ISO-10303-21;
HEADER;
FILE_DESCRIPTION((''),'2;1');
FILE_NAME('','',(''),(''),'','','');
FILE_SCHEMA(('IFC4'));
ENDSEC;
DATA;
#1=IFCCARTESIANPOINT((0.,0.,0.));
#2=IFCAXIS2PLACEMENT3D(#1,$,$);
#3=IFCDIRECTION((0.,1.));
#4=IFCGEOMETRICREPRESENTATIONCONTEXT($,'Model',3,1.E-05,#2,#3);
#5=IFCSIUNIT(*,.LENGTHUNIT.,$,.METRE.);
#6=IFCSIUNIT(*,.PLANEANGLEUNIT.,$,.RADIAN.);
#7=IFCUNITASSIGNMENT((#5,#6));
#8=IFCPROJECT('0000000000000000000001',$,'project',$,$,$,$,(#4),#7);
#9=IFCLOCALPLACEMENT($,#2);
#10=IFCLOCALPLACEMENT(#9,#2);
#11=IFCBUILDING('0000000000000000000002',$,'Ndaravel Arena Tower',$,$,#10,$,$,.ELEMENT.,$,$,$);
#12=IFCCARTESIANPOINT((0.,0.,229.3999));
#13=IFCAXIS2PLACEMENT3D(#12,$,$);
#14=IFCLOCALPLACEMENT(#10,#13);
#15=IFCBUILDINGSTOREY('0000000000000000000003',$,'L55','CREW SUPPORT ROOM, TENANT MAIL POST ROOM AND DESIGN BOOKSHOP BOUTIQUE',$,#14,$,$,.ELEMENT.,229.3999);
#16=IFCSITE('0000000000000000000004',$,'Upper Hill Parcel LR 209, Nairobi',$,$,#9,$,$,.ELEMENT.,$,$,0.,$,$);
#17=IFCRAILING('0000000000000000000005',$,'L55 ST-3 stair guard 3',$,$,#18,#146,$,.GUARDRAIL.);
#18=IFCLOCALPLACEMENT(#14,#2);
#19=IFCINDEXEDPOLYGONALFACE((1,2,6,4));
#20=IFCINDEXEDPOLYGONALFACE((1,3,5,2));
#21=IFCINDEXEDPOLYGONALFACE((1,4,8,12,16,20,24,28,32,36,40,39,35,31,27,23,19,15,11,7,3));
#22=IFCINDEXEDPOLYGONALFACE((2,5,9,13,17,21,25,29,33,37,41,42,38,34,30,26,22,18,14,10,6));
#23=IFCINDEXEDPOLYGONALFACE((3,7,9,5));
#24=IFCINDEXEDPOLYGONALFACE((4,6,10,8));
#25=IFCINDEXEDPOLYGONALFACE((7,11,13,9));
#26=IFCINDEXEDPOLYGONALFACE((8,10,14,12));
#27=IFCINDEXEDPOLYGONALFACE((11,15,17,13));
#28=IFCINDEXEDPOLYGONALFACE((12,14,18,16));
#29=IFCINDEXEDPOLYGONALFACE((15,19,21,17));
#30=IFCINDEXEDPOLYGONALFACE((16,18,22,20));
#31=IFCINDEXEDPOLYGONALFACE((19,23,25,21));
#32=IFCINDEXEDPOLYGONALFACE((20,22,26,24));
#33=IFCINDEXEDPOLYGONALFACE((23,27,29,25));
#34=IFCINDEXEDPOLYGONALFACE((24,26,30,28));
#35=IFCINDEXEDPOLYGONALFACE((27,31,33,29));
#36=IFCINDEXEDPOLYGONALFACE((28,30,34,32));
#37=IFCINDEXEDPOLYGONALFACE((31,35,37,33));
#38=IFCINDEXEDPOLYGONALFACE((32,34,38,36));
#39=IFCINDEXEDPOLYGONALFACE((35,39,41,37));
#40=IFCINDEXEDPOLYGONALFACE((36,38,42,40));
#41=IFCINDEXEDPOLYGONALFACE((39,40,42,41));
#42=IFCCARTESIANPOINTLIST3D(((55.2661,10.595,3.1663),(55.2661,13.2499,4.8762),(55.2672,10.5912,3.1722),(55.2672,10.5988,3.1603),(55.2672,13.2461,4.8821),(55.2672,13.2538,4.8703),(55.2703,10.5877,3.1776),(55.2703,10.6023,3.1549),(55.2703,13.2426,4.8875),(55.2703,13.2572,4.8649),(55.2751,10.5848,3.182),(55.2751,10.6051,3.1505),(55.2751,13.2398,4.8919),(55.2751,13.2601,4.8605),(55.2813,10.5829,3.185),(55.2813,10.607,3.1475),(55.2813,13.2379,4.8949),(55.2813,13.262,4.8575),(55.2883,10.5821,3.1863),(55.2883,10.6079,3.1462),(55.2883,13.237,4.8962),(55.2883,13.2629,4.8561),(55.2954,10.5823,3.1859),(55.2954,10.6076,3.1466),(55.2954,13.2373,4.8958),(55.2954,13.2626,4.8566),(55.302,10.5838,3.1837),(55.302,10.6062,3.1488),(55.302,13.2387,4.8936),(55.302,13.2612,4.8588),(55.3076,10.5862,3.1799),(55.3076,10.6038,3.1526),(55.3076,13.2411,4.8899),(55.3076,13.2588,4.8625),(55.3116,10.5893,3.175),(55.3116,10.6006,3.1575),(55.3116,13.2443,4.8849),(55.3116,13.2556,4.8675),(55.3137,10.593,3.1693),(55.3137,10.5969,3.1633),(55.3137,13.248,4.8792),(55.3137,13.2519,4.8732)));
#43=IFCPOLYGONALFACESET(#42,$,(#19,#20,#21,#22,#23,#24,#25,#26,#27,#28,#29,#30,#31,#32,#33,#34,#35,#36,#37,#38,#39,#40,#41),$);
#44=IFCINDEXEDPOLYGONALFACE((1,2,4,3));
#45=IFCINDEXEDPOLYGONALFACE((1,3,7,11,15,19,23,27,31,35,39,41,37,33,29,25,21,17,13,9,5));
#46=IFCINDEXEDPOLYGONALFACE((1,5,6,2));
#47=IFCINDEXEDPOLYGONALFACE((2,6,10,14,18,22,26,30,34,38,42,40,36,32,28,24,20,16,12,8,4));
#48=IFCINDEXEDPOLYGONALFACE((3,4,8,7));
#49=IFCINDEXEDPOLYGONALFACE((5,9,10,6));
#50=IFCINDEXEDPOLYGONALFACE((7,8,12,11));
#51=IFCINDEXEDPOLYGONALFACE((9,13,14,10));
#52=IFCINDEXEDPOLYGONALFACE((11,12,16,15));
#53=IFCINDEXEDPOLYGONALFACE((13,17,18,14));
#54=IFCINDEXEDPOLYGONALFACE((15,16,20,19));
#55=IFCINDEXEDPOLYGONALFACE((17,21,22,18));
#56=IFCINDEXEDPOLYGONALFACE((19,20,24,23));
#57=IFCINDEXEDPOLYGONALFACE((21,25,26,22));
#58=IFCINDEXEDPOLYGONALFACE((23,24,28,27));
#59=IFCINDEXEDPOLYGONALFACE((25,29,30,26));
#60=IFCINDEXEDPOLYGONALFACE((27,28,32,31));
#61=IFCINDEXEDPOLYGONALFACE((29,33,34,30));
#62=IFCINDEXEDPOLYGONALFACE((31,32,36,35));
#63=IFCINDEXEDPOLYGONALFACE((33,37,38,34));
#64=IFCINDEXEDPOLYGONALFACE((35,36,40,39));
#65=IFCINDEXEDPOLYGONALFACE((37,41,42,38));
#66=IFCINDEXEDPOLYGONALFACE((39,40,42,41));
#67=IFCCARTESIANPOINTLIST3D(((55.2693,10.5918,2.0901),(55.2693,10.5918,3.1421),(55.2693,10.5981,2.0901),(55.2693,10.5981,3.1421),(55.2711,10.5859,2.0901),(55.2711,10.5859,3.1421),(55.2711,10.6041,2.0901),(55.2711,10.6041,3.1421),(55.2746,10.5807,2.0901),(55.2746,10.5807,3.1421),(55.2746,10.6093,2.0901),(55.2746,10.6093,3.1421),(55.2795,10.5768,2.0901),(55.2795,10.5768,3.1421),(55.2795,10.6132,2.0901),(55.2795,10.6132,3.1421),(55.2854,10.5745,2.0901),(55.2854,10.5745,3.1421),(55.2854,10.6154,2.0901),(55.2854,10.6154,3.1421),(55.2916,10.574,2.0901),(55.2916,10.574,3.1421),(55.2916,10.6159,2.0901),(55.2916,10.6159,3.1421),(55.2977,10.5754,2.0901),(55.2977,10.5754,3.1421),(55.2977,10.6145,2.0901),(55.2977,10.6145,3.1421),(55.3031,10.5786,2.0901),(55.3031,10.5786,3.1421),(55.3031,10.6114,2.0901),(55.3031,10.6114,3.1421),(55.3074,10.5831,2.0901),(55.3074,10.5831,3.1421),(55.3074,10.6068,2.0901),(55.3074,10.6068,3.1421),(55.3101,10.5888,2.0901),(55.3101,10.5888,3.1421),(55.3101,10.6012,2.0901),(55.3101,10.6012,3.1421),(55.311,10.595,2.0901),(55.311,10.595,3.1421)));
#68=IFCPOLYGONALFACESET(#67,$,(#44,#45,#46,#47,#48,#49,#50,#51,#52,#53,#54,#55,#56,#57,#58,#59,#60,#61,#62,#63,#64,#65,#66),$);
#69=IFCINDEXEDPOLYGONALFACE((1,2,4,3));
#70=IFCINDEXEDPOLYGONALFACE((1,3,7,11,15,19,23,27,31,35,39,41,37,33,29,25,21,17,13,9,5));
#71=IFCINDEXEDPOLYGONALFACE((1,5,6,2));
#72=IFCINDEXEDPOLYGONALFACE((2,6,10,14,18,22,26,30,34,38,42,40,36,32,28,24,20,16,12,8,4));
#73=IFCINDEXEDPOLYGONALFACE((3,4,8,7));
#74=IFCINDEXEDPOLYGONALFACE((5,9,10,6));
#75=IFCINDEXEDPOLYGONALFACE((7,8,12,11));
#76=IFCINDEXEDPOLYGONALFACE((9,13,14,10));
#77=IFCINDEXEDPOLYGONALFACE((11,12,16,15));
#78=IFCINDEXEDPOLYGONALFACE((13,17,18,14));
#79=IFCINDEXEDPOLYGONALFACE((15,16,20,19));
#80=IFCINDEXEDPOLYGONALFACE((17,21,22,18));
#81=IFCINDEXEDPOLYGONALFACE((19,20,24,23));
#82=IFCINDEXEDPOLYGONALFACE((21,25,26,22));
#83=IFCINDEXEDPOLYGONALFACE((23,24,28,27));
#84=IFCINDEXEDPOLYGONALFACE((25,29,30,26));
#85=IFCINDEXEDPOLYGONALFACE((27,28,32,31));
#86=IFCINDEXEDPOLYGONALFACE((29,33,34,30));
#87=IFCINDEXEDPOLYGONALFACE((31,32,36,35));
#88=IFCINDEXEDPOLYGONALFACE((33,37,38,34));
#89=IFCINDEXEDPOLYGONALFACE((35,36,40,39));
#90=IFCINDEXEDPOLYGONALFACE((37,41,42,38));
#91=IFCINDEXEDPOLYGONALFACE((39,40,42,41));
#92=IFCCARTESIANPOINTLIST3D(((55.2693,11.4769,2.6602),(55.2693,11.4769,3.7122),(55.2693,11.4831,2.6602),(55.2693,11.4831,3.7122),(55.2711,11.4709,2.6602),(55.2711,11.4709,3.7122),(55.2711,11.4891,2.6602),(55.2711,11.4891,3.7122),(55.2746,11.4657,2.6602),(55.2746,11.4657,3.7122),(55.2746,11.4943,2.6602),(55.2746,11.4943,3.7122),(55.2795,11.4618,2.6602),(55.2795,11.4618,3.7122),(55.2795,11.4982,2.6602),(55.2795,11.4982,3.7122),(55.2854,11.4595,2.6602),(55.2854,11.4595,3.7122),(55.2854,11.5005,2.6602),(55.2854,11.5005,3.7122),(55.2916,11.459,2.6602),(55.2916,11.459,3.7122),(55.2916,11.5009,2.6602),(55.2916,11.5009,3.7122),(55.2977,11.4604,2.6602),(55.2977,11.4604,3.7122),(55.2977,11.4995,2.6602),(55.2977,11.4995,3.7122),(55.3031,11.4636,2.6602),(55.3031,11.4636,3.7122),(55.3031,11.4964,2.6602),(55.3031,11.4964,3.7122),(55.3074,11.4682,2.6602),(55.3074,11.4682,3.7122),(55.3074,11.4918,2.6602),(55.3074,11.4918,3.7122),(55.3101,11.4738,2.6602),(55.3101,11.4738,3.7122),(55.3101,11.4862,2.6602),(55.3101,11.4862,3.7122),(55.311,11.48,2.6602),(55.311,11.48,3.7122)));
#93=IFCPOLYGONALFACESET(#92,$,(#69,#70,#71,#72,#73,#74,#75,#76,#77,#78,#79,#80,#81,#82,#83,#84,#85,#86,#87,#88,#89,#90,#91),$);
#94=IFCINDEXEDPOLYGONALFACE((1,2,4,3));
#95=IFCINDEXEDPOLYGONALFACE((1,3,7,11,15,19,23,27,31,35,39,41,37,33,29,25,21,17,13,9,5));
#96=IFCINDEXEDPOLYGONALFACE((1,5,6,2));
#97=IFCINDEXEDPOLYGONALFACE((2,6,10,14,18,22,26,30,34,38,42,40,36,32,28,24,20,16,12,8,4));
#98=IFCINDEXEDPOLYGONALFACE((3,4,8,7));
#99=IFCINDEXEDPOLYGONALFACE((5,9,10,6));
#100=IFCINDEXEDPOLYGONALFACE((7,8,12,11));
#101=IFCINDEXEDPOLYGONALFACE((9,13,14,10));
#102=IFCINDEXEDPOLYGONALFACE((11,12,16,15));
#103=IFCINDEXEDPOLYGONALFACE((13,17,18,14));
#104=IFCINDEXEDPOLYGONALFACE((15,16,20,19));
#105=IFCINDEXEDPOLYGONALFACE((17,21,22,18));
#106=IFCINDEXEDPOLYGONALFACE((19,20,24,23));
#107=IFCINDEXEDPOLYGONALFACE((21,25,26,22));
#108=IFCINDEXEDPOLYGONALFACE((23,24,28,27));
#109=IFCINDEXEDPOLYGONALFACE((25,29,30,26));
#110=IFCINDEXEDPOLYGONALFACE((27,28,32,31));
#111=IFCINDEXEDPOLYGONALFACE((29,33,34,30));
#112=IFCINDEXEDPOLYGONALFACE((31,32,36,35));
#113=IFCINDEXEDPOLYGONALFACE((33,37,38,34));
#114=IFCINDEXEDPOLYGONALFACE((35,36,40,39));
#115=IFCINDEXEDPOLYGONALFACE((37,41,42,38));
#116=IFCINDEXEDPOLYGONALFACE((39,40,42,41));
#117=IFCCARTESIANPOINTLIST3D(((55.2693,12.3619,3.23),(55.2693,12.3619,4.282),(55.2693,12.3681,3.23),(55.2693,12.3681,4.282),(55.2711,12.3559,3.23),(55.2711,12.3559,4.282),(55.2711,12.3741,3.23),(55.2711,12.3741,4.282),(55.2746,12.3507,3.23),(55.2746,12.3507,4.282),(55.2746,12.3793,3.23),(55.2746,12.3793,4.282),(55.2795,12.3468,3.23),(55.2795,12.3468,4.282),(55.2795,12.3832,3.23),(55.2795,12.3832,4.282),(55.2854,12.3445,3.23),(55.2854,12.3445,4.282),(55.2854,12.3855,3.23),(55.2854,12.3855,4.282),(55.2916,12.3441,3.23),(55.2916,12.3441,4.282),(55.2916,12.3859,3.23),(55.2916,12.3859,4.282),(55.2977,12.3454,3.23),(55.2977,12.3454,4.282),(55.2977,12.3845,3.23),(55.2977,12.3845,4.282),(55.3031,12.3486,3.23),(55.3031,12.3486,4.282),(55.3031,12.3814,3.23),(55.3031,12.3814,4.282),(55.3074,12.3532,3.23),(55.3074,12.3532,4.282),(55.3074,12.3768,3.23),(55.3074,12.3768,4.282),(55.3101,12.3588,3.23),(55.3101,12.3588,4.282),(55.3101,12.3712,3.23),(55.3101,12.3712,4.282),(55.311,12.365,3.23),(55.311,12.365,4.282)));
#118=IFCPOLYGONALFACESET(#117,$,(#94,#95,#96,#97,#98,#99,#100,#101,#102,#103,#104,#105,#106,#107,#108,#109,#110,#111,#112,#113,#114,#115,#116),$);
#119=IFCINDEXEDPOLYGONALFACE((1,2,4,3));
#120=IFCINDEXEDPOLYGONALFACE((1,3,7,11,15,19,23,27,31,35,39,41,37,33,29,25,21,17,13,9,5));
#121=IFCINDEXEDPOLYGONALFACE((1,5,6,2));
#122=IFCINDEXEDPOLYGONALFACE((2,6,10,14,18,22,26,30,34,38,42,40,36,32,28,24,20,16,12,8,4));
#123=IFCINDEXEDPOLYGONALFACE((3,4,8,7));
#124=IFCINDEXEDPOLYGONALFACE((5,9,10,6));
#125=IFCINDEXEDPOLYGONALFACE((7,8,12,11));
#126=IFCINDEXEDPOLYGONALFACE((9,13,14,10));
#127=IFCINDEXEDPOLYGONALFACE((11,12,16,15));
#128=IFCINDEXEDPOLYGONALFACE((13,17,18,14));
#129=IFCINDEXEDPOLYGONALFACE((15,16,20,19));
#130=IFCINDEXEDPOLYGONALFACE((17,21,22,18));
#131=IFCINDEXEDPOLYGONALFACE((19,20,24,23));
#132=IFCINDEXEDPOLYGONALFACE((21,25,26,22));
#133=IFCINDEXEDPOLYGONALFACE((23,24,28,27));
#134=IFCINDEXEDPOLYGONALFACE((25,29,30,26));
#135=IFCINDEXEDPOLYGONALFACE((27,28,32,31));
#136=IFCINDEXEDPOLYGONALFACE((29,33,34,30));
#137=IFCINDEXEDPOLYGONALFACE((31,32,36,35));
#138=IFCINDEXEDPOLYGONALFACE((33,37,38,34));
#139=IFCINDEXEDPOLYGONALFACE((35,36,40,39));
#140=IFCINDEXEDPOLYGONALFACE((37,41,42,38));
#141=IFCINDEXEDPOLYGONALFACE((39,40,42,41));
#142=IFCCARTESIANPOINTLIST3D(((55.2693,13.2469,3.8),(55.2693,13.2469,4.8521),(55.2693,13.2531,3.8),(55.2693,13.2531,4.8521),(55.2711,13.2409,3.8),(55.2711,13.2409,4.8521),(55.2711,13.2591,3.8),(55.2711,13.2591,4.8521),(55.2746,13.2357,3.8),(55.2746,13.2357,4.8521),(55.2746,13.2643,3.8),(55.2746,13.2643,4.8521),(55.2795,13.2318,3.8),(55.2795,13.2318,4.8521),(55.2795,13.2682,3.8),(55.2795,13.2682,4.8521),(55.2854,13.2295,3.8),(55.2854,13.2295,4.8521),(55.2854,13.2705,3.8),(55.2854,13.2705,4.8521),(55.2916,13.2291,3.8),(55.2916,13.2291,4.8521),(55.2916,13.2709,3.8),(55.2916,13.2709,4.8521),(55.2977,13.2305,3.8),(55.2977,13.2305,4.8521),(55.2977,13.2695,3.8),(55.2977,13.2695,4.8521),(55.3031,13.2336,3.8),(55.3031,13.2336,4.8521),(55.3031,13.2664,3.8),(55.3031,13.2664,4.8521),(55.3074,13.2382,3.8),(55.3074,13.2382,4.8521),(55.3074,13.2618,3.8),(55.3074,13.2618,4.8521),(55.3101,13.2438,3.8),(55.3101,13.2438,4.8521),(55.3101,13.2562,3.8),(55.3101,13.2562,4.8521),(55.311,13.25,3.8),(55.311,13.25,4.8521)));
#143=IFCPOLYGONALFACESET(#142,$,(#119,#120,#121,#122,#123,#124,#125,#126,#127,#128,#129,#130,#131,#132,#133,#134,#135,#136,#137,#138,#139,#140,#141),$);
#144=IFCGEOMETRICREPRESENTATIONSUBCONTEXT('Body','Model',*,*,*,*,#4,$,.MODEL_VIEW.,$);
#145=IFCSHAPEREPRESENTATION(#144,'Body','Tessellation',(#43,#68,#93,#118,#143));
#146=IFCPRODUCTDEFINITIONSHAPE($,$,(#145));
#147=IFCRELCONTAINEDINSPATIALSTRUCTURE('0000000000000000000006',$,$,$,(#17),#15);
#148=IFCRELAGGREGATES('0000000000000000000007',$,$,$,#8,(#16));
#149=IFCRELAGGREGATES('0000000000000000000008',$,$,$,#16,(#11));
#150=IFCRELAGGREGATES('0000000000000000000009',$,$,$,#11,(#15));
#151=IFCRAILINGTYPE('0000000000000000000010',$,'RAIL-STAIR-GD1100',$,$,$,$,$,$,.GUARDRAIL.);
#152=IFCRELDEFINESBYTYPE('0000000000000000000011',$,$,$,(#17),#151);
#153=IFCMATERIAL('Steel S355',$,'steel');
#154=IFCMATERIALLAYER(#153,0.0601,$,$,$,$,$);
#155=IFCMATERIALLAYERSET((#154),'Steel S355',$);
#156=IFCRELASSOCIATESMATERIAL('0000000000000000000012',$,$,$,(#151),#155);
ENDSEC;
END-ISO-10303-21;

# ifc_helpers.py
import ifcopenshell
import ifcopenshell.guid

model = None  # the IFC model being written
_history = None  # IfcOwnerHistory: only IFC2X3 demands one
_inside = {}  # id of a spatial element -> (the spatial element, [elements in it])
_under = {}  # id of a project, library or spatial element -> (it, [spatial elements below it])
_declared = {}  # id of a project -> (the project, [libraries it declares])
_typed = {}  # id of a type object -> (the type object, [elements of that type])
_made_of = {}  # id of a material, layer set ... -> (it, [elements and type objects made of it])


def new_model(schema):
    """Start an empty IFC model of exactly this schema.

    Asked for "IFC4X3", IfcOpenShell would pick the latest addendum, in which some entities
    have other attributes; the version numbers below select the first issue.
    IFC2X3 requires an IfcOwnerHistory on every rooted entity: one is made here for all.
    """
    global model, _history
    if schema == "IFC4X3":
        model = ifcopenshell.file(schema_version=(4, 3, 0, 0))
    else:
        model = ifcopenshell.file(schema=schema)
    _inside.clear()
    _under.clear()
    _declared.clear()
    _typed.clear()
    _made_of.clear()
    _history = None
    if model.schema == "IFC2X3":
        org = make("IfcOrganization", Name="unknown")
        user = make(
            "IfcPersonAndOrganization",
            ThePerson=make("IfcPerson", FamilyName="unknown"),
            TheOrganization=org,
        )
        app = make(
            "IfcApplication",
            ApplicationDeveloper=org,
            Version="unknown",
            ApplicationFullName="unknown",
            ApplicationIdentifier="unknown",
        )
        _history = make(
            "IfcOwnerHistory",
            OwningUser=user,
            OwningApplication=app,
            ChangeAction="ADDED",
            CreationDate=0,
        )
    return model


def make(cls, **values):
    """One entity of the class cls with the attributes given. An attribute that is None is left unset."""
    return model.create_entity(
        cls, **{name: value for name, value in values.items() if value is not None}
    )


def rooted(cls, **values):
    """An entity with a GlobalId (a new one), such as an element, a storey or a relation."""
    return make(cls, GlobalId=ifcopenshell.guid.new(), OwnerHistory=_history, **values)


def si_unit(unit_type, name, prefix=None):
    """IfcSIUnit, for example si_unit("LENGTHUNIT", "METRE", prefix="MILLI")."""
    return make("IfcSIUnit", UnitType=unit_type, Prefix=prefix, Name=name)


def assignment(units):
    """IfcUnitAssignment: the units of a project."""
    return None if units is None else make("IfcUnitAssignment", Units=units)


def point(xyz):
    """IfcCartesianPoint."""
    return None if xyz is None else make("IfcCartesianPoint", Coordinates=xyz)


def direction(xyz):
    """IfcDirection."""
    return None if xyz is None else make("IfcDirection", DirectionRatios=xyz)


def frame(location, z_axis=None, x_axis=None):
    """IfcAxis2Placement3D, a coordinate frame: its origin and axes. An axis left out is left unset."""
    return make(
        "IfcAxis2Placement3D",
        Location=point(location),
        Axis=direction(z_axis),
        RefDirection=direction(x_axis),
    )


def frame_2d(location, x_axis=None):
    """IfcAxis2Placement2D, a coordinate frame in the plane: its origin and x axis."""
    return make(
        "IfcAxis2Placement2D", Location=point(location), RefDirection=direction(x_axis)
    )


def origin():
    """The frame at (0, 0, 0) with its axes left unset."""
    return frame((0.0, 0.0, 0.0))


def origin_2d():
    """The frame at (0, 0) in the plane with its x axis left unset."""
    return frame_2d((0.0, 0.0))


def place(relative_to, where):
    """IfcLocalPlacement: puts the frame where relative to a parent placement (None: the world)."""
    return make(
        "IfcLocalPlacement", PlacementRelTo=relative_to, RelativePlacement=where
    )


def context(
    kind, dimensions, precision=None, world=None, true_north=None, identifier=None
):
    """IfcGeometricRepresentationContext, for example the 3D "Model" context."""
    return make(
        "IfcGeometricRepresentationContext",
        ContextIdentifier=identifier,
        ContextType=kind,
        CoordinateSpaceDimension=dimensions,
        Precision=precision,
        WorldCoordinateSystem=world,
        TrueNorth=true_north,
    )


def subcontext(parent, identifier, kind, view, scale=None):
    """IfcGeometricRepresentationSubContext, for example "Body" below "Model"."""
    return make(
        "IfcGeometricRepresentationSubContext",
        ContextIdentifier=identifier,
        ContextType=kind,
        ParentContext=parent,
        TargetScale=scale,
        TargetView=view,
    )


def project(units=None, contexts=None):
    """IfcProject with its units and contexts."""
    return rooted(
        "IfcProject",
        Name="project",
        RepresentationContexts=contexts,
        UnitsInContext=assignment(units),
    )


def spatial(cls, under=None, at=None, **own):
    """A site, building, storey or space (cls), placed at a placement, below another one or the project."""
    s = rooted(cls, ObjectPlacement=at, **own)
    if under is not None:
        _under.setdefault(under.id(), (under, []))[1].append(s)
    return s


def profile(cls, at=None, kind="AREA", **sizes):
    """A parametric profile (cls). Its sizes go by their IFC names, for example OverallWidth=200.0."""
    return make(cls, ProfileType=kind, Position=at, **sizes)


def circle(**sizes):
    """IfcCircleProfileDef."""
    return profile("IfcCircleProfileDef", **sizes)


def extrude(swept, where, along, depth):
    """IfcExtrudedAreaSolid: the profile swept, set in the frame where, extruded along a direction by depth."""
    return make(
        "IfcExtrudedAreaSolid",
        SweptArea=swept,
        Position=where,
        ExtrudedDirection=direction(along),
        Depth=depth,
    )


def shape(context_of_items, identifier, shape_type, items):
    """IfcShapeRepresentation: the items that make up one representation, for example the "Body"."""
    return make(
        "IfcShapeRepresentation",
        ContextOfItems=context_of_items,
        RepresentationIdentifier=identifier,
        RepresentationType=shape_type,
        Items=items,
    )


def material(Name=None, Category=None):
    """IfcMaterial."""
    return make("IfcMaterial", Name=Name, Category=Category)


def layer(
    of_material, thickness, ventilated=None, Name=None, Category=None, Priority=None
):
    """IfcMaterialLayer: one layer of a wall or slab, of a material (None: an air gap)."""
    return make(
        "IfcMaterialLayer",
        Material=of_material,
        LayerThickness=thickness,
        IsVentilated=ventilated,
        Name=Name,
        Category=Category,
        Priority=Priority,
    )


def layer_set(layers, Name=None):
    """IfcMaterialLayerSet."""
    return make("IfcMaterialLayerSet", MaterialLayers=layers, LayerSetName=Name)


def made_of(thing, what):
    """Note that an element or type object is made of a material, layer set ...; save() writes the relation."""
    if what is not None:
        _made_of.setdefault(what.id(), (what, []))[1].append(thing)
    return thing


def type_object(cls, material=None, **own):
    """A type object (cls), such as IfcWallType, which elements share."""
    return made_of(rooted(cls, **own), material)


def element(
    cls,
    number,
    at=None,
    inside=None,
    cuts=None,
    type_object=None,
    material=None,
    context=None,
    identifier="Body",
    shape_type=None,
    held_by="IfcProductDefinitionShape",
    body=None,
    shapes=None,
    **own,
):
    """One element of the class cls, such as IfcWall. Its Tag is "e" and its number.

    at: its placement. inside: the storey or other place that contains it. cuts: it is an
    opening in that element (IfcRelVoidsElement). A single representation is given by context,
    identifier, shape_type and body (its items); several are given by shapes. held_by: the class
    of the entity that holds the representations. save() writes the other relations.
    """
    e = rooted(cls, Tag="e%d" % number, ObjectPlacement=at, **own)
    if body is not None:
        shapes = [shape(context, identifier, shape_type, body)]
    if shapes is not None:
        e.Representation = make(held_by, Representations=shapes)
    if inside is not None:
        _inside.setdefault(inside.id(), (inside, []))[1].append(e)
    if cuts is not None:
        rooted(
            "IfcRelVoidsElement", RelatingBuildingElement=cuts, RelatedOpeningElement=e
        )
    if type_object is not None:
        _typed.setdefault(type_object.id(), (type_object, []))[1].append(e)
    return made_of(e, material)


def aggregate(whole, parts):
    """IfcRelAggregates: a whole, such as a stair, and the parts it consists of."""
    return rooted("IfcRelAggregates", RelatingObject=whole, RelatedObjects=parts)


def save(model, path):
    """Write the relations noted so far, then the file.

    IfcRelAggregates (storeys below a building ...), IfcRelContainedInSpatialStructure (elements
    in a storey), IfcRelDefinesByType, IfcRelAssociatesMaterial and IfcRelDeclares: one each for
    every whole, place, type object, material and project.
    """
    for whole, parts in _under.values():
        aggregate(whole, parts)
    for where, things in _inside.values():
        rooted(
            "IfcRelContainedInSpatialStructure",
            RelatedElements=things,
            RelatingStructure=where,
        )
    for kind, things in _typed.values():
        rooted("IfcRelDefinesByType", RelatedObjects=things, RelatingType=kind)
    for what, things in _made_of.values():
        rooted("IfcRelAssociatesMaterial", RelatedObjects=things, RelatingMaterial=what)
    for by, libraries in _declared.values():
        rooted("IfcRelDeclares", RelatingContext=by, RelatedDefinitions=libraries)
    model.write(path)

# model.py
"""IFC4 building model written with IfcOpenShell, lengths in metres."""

from ifc_helpers import new_model, si_unit, direction, frame, origin, origin_2d, place, context, subcontext, project, spatial, circle, extrude, material, layer, layer_set, type_object, element, save


model = new_model("IFC4")

# Units and contexts
model_context = context("Model", 3, precision=1e-05, world=origin(), true_north=direction((0.0, 1.0)))
body_context = subcontext(model_context, "Body", "Model", "MODEL_VIEW")
ifc_project = project(units=[si_unit("LENGTHUNIT", "METRE"), si_unit("PLANEANGLEUNIT", "RADIAN")], contexts=[model_context])

# Site, building, storey
site_placement = place(None, origin())
site = spatial("IfcSite", under=ifc_project, at=site_placement, Name="Upper Hill Parcel LR 209, Nairobi", CompositionType="ELEMENT", RefElevation=0.0)
building_placement = place(site_placement, origin())
building = spatial("IfcBuilding", under=site, at=building_placement, Name="Ndaravel Arena Tower", CompositionType="ELEMENT")
storey_placement = place(building_placement, frame((0.0, 0.0, 229.3999)))
storey = spatial("IfcBuildingStorey", under=building, at=storey_placement, Name="L55", Description="CREW SUPPORT ROOM, TENANT MAIL POST ROOM AND DESIGN BOOKSHOP BOUTIQUE", CompositionType="ELEMENT", Elevation=229.3999)

# Railing
ifc_material_1 = material(Name="Steel S355", Category="steel")
ifc_layer_1 = layer(ifc_material_1, 0.0601)
ifc_layer_set_1 = layer_set([ifc_layer_1], Name="Steel S355")
railing_type_1 = type_object("IfcRailingType", Name="RAIL-STAIR-GD1100", PredefinedType="GUARDRAIL", material=ifc_layer_set_1)
railing_1_placement = place(storey_placement, frame((55.29, 10.595, 2.0901)))
element("IfcRailing", 1, at=railing_1_placement, inside=storey, type_object=railing_type_1, Name="L55 ST-3 stair guard 3", PredefinedType="GUARDRAIL", context=body_context, shape_type="SweptSolid", body=[
    extrude(circle(Radius=0.0239, at=origin_2d()), frame((0.0, 0.0, 1.0762), z_axis=(0.0, 0.840724, 0.541465), x_axis=(-1.0, 0.0, 0.0)), (0.0, 0.0, 1.0), 3.158),
    extrude(circle(Radius=0.021, at=origin_2d()), origin(), (0.0, 0.0, 1.0), 1.052),
    extrude(circle(Radius=0.021, at=origin_2d()), frame((0.0, 0.885, 0.5701)), (0.0, 0.0, 1.0), 1.052),
    extrude(circle(Radius=0.021, at=origin_2d()), frame((0.0, 1.77, 1.1399)), (0.0, 0.0, 1.0), 1.052),
    extrude(circle(Radius=0.021, at=origin_2d()), frame((0.0, 2.655, 1.71)), (0.0, 0.0, 1.0), 1.052),
])

save(model, "model.ifc")
